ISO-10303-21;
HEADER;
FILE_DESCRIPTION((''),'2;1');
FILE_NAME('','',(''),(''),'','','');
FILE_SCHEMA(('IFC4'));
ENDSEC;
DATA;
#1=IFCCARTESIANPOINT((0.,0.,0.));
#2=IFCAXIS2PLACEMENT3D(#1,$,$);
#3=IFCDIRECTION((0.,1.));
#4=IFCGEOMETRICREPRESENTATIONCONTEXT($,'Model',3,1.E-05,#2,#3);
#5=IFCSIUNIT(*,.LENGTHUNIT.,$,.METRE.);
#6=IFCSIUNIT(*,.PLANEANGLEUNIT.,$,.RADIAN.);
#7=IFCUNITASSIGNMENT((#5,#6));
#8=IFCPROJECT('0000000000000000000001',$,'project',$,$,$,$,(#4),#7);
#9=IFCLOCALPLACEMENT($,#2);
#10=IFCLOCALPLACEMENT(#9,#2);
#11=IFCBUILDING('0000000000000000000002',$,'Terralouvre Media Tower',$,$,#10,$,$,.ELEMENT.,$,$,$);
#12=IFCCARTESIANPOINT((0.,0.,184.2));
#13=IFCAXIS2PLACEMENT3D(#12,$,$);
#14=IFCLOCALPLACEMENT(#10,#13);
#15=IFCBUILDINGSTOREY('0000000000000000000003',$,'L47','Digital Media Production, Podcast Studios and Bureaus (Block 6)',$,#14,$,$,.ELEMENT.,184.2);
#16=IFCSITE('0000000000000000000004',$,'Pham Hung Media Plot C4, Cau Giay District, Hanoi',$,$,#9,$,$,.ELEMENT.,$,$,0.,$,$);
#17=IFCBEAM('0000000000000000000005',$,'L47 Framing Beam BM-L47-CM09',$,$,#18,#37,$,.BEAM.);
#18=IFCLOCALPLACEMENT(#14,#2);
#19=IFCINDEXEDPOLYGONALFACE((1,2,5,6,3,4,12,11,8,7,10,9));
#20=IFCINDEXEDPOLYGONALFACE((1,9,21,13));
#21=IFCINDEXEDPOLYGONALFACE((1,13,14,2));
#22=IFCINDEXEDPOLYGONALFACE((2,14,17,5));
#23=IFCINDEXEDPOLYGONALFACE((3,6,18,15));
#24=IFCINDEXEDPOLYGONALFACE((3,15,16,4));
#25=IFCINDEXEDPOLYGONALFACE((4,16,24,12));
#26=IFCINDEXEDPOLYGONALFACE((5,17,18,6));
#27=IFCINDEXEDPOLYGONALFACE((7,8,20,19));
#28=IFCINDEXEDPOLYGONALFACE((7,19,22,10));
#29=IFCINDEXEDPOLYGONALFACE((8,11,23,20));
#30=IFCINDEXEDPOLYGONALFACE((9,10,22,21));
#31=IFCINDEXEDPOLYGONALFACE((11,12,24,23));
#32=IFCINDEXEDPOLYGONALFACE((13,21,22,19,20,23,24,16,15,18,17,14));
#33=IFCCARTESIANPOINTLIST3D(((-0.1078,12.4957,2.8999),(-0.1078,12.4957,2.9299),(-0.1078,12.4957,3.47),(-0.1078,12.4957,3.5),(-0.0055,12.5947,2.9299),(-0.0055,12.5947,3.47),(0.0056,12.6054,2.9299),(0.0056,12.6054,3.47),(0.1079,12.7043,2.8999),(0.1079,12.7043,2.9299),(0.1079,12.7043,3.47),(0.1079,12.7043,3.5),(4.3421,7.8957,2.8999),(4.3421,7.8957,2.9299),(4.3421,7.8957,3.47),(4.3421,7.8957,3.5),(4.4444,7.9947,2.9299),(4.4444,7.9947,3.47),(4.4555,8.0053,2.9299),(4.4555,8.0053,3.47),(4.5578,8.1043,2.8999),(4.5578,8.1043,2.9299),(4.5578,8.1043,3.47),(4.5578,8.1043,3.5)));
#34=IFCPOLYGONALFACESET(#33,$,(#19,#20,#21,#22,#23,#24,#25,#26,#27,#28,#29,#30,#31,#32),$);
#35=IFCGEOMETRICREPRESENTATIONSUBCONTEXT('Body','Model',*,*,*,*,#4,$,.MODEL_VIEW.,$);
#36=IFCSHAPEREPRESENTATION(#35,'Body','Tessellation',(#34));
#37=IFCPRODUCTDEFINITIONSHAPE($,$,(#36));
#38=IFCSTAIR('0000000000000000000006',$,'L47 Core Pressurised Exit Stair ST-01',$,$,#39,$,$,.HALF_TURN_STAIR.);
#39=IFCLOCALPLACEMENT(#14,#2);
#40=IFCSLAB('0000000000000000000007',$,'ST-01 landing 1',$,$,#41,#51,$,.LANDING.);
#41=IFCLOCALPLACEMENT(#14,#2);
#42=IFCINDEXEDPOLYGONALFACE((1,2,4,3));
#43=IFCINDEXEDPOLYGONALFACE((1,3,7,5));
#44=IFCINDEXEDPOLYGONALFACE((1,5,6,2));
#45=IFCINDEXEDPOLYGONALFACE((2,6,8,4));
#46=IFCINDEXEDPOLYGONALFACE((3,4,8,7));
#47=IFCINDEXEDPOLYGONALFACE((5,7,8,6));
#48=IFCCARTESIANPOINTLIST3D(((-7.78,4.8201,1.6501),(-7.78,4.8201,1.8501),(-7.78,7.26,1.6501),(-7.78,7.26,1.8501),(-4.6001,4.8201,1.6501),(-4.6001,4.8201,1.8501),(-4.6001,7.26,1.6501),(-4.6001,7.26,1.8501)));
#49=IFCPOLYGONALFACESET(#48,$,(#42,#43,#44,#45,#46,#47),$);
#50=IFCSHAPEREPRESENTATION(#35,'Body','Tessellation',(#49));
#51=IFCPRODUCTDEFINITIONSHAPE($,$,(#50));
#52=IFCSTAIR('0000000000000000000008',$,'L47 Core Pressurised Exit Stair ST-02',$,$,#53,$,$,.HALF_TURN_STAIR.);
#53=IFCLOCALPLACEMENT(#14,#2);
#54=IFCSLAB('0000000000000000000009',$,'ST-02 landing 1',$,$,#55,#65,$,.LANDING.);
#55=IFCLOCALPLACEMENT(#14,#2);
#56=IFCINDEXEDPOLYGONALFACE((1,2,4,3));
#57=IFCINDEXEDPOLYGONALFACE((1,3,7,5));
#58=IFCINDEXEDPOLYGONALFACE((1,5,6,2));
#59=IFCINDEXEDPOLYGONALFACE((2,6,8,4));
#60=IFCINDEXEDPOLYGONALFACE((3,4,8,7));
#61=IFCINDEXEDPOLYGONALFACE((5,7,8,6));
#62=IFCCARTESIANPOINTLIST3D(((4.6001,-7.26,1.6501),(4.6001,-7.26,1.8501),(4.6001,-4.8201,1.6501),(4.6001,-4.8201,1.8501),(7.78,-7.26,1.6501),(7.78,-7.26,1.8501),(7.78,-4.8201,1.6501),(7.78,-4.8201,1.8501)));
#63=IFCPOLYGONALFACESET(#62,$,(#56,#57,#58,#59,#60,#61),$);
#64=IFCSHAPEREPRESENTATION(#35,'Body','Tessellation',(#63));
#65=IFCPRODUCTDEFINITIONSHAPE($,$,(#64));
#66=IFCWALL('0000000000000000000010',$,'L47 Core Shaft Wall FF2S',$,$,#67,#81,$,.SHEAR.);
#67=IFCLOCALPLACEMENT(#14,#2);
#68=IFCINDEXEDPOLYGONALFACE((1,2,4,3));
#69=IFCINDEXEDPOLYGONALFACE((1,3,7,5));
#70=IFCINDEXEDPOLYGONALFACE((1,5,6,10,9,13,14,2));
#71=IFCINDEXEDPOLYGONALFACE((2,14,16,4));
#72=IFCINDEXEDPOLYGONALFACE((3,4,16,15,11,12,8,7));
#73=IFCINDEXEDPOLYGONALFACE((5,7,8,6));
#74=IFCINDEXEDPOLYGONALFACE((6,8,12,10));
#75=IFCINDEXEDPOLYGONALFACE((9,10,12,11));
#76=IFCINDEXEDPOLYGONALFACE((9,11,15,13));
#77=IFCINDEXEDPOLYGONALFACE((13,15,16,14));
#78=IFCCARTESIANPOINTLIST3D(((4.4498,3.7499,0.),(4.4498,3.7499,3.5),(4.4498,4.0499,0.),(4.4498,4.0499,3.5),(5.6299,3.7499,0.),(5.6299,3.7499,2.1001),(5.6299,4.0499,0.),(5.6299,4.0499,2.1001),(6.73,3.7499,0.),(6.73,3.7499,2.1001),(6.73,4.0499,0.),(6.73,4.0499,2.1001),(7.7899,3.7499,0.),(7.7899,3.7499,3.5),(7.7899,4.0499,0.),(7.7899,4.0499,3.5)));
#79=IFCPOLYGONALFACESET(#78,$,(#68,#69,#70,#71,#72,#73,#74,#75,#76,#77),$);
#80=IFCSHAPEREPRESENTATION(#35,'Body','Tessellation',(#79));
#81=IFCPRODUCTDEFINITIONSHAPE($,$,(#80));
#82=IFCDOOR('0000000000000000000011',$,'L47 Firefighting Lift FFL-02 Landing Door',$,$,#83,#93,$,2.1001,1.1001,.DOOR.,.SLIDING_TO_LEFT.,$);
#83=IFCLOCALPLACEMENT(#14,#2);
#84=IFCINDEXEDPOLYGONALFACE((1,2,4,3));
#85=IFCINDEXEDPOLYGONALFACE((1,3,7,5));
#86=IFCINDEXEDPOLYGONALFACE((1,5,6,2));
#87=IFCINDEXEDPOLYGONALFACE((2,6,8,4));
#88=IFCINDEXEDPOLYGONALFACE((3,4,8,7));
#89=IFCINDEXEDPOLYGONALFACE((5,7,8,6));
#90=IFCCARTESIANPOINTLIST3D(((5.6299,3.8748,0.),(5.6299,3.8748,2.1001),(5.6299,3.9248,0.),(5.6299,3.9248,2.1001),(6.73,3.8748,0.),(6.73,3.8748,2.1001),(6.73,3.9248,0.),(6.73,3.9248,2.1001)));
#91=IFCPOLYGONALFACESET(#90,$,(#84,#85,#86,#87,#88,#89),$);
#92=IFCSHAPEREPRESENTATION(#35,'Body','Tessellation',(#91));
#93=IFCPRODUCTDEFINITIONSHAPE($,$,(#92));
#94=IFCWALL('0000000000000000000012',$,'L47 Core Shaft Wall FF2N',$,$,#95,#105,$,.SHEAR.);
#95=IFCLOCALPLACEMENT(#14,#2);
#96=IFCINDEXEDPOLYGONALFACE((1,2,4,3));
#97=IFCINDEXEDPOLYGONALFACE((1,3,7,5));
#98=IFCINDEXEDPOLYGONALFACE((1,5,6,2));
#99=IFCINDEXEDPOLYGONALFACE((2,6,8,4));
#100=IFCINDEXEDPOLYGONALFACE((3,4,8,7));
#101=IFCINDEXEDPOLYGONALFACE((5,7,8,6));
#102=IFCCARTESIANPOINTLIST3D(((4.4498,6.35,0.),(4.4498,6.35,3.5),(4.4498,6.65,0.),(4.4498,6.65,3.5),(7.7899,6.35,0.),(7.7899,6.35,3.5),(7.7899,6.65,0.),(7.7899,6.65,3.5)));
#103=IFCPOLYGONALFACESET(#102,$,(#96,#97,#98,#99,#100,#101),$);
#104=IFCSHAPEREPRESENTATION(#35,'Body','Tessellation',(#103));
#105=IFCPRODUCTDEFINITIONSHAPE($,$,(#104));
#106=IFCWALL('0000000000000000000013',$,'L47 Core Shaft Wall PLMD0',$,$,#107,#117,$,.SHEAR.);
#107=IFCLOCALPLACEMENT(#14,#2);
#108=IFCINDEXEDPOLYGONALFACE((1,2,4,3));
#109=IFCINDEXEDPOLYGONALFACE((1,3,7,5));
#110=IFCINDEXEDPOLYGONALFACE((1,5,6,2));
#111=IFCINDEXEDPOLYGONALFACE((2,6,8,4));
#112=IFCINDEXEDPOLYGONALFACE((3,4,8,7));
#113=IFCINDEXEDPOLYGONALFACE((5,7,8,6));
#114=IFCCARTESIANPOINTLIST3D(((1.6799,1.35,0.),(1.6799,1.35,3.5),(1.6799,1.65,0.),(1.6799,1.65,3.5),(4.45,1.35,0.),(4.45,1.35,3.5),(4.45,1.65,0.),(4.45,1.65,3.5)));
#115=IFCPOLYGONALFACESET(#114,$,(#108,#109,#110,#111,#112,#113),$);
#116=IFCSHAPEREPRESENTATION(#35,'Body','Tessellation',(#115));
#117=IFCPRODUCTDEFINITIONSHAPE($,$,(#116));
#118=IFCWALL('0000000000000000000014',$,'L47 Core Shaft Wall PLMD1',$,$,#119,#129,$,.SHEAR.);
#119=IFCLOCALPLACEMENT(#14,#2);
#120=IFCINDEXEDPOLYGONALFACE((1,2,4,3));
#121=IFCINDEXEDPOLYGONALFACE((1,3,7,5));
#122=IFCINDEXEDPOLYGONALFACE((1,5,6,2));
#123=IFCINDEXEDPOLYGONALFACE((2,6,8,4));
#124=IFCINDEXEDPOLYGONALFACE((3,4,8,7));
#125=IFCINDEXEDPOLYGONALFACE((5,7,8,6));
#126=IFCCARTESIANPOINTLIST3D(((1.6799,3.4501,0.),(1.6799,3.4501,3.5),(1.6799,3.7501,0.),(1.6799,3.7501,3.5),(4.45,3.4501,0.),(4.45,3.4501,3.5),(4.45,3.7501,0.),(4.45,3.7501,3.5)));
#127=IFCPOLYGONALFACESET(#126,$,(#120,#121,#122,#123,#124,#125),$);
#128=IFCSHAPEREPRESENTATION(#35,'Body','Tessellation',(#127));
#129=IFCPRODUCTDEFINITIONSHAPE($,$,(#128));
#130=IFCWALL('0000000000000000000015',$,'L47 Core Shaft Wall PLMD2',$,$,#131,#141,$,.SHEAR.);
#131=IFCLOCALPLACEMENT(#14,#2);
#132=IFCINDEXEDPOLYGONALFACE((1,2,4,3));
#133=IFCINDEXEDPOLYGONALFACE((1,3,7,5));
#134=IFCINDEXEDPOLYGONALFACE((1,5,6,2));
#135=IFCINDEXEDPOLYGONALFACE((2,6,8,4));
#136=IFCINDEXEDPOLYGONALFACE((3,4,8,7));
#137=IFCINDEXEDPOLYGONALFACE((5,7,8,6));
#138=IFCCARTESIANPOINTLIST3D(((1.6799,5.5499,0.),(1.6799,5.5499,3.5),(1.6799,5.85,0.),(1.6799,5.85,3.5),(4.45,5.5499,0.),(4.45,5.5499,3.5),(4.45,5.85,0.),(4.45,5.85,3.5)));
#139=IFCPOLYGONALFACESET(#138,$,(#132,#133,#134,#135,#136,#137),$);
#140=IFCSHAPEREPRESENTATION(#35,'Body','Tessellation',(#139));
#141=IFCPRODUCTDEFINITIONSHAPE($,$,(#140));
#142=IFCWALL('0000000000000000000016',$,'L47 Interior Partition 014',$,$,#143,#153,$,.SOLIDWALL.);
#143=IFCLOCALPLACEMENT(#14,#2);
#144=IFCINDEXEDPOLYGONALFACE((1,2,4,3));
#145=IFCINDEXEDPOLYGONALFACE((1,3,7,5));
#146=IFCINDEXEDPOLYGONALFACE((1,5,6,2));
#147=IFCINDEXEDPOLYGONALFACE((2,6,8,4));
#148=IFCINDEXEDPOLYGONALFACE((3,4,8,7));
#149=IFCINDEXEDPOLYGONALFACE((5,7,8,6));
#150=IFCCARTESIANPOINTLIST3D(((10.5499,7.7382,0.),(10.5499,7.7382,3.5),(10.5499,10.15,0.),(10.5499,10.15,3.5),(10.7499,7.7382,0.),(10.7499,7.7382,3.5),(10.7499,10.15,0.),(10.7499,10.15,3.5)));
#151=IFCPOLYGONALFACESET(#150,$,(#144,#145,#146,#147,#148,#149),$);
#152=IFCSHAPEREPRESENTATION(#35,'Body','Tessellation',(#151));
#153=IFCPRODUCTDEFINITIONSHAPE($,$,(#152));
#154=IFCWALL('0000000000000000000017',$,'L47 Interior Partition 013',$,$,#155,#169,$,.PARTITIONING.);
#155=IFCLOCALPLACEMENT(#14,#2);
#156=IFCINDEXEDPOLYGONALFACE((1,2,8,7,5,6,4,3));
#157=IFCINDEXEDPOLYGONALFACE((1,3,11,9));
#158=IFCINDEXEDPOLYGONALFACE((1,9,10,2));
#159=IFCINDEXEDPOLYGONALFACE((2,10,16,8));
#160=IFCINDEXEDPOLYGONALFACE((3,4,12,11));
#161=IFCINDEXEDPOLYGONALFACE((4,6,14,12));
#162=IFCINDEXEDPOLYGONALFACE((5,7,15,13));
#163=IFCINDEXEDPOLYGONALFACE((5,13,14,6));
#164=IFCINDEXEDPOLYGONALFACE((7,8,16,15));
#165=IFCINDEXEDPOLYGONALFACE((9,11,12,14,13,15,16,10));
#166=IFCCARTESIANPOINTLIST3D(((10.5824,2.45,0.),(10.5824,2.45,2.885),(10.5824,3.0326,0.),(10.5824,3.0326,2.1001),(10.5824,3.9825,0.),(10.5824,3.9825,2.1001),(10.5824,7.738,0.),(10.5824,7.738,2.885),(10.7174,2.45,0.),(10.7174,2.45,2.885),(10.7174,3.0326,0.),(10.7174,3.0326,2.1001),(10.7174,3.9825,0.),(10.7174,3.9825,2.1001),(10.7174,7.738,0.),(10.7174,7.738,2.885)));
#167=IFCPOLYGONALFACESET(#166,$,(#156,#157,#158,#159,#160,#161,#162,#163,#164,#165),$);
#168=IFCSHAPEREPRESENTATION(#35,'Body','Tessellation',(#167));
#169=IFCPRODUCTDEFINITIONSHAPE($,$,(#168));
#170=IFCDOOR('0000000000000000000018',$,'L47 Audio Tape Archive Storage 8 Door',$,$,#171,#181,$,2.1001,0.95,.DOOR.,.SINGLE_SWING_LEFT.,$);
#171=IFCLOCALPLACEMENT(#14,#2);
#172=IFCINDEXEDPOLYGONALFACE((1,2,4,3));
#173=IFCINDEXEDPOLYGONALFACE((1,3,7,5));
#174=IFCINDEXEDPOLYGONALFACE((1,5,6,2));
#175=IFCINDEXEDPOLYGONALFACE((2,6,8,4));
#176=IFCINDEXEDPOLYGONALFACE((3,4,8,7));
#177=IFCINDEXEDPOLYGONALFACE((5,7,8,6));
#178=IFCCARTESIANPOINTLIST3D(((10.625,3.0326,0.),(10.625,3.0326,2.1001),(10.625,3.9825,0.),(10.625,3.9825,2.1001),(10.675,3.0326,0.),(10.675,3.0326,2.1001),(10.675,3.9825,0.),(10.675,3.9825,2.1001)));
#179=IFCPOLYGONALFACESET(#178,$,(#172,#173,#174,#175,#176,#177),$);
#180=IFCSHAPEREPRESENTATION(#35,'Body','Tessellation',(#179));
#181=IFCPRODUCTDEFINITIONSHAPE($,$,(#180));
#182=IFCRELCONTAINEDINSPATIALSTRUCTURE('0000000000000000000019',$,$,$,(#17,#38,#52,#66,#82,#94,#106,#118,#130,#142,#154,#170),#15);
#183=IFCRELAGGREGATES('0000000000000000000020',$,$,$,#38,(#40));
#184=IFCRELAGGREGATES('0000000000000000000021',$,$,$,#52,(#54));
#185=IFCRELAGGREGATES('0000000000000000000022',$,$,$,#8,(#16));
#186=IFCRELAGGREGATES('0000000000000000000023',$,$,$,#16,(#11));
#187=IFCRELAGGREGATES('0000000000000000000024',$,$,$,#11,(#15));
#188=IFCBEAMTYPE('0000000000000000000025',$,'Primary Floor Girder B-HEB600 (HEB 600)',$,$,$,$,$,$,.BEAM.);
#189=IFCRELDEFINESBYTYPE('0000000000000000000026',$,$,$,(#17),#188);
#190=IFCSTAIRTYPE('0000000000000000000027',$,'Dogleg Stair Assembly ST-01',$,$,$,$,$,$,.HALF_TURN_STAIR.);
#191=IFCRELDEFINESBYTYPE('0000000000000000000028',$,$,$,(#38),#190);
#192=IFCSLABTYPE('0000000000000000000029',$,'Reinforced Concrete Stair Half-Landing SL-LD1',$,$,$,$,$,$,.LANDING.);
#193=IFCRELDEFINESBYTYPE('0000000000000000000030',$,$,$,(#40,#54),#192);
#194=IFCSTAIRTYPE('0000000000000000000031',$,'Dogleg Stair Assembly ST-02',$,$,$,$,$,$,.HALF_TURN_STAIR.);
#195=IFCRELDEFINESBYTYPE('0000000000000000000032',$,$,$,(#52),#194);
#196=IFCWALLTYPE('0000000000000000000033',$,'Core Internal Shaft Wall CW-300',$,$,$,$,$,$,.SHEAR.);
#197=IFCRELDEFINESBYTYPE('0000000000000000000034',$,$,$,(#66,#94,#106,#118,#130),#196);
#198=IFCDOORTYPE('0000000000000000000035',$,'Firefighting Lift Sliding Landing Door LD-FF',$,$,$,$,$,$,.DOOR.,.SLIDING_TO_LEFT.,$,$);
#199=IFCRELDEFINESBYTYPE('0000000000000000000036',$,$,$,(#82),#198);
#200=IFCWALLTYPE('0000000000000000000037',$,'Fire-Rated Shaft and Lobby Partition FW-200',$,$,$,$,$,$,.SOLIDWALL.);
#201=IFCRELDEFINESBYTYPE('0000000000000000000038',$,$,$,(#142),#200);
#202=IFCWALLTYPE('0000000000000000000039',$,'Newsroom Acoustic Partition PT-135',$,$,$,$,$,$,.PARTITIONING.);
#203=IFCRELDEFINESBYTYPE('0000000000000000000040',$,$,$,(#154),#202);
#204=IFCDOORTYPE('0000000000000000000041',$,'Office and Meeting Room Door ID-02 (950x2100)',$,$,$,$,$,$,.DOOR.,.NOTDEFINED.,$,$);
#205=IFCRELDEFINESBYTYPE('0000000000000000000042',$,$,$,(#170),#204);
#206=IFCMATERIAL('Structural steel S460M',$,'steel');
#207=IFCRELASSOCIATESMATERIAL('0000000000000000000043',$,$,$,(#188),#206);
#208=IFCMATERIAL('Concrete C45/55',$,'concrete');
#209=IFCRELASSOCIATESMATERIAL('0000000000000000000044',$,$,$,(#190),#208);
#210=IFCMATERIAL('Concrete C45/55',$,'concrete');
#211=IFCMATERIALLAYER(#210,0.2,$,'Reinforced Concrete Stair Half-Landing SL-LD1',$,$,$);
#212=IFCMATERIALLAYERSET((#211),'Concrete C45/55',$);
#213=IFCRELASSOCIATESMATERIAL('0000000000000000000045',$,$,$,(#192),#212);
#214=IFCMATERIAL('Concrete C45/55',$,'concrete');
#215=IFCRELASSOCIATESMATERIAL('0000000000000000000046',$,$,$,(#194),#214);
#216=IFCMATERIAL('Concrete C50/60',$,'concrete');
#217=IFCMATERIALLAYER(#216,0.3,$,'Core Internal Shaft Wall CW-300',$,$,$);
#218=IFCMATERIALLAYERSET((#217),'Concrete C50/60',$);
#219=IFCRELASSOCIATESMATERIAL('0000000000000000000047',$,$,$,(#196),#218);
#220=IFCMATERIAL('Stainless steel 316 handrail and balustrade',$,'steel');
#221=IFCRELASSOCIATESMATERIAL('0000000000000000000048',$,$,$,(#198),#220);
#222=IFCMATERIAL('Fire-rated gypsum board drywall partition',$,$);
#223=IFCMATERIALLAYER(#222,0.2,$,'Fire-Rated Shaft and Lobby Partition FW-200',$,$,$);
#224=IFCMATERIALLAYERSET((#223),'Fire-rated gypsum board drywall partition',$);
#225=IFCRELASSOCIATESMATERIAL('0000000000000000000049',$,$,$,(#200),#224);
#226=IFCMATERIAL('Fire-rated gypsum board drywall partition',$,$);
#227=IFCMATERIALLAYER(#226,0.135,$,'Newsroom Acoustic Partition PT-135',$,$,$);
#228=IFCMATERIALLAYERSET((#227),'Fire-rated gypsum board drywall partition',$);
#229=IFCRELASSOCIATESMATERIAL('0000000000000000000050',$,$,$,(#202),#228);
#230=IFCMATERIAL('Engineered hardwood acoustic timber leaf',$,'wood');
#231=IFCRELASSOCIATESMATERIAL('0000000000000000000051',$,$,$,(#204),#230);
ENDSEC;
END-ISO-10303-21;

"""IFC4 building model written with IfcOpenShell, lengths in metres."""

from ifc_helpers import new_model, si_unit, direction, frame, frame_2d, origin, origin_2d, place, context, subcontext, project, spatial, polyline, rectangle, i_section, outline, extrude, material, layer, layer_set, material_profile, profile_set, type_object, element, fill, aggregate, save


model = new_model("IFC4")

# Units and contexts
model_context = context("Model", 3, precision=1e-05, world=origin(), true_north=direction((0.0, 1.0)))
body_context = subcontext(model_context, "Body", "Model", "MODEL_VIEW")
ifc_project = project(units=[si_unit("LENGTHUNIT", "METRE"), si_unit("PLANEANGLEUNIT", "RADIAN")], contexts=[model_context])

# Site, building, storey
site_placement = place(None, origin())
site = spatial("IfcSite", under=ifc_project, at=site_placement, Name="Pham Hung Media Plot C4, Cau Giay District, Hanoi", CompositionType="ELEMENT", RefElevation=0.0)
building_placement = place(site_placement, origin())
building = spatial("IfcBuilding", under=site, at=building_placement, Name="Terralouvre Media Tower", CompositionType="ELEMENT")
storey_placement = place(building_placement, frame((0.0, 0.0, 184.2)))
storey = spatial("IfcBuildingStorey", under=building, at=storey_placement, Name="L47", Description="Digital Media Production, Podcast Studios and Bureaus (Block 6)", CompositionType="ELEMENT", Elevation=184.2)

# Beam
ifc_material_1 = material(Name="Structural steel S460M", Category="steel")
ifc_material_profile_1 = material_profile(ifc_material_1, i_section(OverallWidth=0.3, OverallDepth=0.6001, WebThickness=0.0154, FlangeThickness=0.03, at=origin_2d()), Name="HEB 600")
ifc_profile_set_1 = profile_set([ifc_material_profile_1], Name="Structural steel S460M")
beam_type = type_object("IfcBeamType", Name="Primary Floor Girder B-HEB600 (HEB 600)", PredefinedType="BEAM", material=ifc_profile_set_1)
beam_1_placement = place(storey_placement, frame((4.45, 8.0, 3.2), z_axis=(-0.69528, 0.718739, 0.0), x_axis=(-0.718739, -0.69528, 0.0)))
element("IfcBeam", 1, at=beam_1_placement, inside=storey, type_object=beam_type, Name="L47 Framing Beam BM-L47-CM09", PredefinedType="BEAM", context=body_context, shape_type="SweptSolid", body=[
    extrude(i_section(OverallWidth=0.3, OverallDepth=0.6001, WebThickness=0.0154, FlangeThickness=0.03, at=origin_2d()), origin(), (0.0, 0.0, 1.0), 6.4001),
])

# Stairs, slabs
ifc_material_2 = material(Name="Concrete C45/55", Category="concrete")
stair_type_1 = type_object("IfcStairType", Name="Dogleg Stair Assembly ST-01", PredefinedType="HALF_TURN_STAIR", material=ifc_material_2)
stair_1_placement = place(storey_placement, origin())
stair_1 = element("IfcStair", 2, at=stair_1_placement, inside=storey, type_object=stair_type_1, Name="L47 Core Pressurised Exit Stair ST-01", PredefinedType="HALF_TURN_STAIR")
ifc_material_3 = material(Name="Concrete C45/55", Category="concrete")
ifc_layer_1 = layer(ifc_material_3, 0.2, Name="Reinforced Concrete Stair Half-Landing SL-LD1")
ifc_layer_set_1 = layer_set([ifc_layer_1], Name="Concrete C45/55")
slab_type = type_object("IfcSlabType", Name="Reinforced Concrete Stair Half-Landing SL-LD1", PredefinedType="LANDING", material=ifc_layer_set_1)
slab_1_placement = place(storey_placement, frame((0.0, 0.0, 1.6501)))
slab_1 = element("IfcSlab", 3, at=slab_1_placement, type_object=slab_type, Name="ST-01 landing 1", PredefinedType="LANDING", context=body_context, shape_type="SweptSolid", body=[
    extrude(outline(polyline([(-4.6001, 4.8201), (-4.6001, 7.26), (-7.78, 7.26), (-7.78, 4.8201), (-4.6001, 4.8201)])), origin(), (0.0, 0.0, 1.0), 0.2),
])
aggregate(stair_1, [slab_1])
ifc_material_4 = material(Name="Concrete C45/55", Category="concrete")
stair_type_2 = type_object("IfcStairType", Name="Dogleg Stair Assembly ST-02", PredefinedType="HALF_TURN_STAIR", material=ifc_material_4)
stair_2_placement = place(storey_placement, origin())
stair_2 = element("IfcStair", 4, at=stair_2_placement, inside=storey, type_object=stair_type_2, Name="L47 Core Pressurised Exit Stair ST-02", PredefinedType="HALF_TURN_STAIR")
slab_2_placement = place(storey_placement, frame((0.0, 0.0, 1.6501)))
slab_2 = element("IfcSlab", 5, at=slab_2_placement, type_object=slab_type, Name="ST-02 landing 1", PredefinedType="LANDING", context=body_context, shape_type="SweptSolid", body=[
    extrude(outline(polyline([(4.6001, -4.8201), (4.6001, -7.26), (7.78, -7.26), (7.78, -4.8201), (4.6001, -4.8201)])), origin(), (0.0, 0.0, 1.0), 0.2),
])
aggregate(stair_2, [slab_2])

# Wall, opening, door
ifc_material_5 = material(Name="Concrete C50/60", Category="concrete")
ifc_layer_2 = layer(ifc_material_5, 0.3, Name="Core Internal Shaft Wall CW-300")
ifc_layer_set_2 = layer_set([ifc_layer_2], Name="Concrete C50/60")
wall_type_1 = type_object("IfcWallType", Name="Core Internal Shaft Wall CW-300", PredefinedType="SHEAR", material=ifc_layer_set_2)
wall_1_placement = place(storey_placement, frame((4.45, 3.8999, 0.0), z_axis=(0.0, 0.0, 1.0), x_axis=(1.0, 0.0, 0.0)))
wall_1 = element("IfcWall", 6, at=wall_1_placement, inside=storey, type_object=wall_type_1, Name="L47 Core Shaft Wall FF2S", PredefinedType="SHEAR", context=body_context, shape_type="SweptSolid", body=[
    extrude(rectangle(XDim=3.3401, YDim=0.3, at=frame_2d((1.6699, 0.0))), origin(), (0.0, 0.0, 1.0), 3.5),
])
opening_1_placement = place(wall_1_placement, frame((1.1799, 0.0, 0.0)))
opening_1 = element("IfcOpeningElement", 7, at=opening_1_placement, cuts=wall_1, PredefinedType="OPENING", context=body_context, shape_type="SweptSolid", body=[
    extrude(rectangle(XDim=1.1001, YDim=2.1001, at=frame_2d((0.55, 1.05))), frame((0.0, 0.1599, 0.0), z_axis=(0.0, -1.0, 0.0), x_axis=(1.0, 0.0, 0.0)), (0.0, 0.0, 1.0), 0.3201),
])
ifc_material_6 = material(Name="Stainless steel 316 handrail and balustrade", Category="steel")
door_type_1 = type_object("IfcDoorType", Name="Firefighting Lift Sliding Landing Door LD-FF", OperationType="SLIDING_TO_LEFT", PredefinedType="DOOR", material=ifc_material_6)
door_1_placement = place(opening_1_placement, origin())
door_1 = element("IfcDoor", 8, at=door_1_placement, inside=storey, type_object=door_type_1, Name="L47 Firefighting Lift FFL-02 Landing Door", OperationType="SLIDING_TO_LEFT", OverallHeight=2.1001, OverallWidth=1.1001, PredefinedType="DOOR", context=body_context, shape_type="SweptSolid", body=[
    extrude(rectangle(XDim=1.1001, YDim=2.1001, at=frame_2d((0.55, 1.05))), frame((0.0, 0.0249, 0.0), z_axis=(0.0, -1.0, 0.0), x_axis=(1.0, 0.0, 0.0)), (0.0, 0.0, 1.0), 0.05),
])
fill(opening_1, door_1)

# Walls
wall_2_placement = place(storey_placement, frame((4.45, 6.5, 0.0), z_axis=(0.0, 0.0, 1.0), x_axis=(1.0, 0.0, 0.0)))
element("IfcWall", 9, at=wall_2_placement, inside=storey, type_object=wall_type_1, Name="L47 Core Shaft Wall FF2N", PredefinedType="SHEAR", context=body_context, shape_type="SweptSolid", body=[
    extrude(rectangle(XDim=3.3401, YDim=0.3, at=frame_2d((1.6699, 0.0))), origin(), (0.0, 0.0, 1.0), 3.5),
])
for number, where, z_axis, x_axis, name in (
    (10, (1.6799, 1.5, 0.0), (0.0, 0.0, 1.0), (1.0, 0.0, 0.0), "L47 Core Shaft Wall PLMD0"),
    (11, (1.6799, 3.6001, 0.0), (0.0, 0.0, 1.0), (1.0, 0.0, 0.0), "L47 Core Shaft Wall PLMD1"),
    (12, (1.6799, 5.7, 0.0), (0.0, 0.0, 1.0), (1.0, 0.0, 0.0), "L47 Core Shaft Wall PLMD2"),
):
    element("IfcWall", number, at=place(storey_placement, frame(where, z_axis=z_axis, x_axis=x_axis)), inside=storey, type_object=wall_type_1, Name=name, PredefinedType="SHEAR", context=body_context, shape_type="SweptSolid", body=[
        extrude(rectangle(XDim=2.77, YDim=0.3, at=frame_2d((1.385, 0.0))), origin(), (0.0, 0.0, 1.0), 3.5),
    ])
ifc_material_7 = material(Name="Fire-rated gypsum board drywall partition")
ifc_layer_3 = layer(ifc_material_7, 0.2, Name="Fire-Rated Shaft and Lobby Partition FW-200")
ifc_layer_set_3 = layer_set([ifc_layer_3], Name="Fire-rated gypsum board drywall partition")
wall_type_2 = type_object("IfcWallType", Name="Fire-Rated Shaft and Lobby Partition FW-200", PredefinedType="SOLIDWALL", material=ifc_layer_set_3)
wall_3_placement = place(storey_placement, frame((10.6499, 7.738, 0.0), z_axis=(0.0, 0.0, 1.0), x_axis=(0.0, 1.0, 0.0)))
element("IfcWall", 13, at=wall_3_placement, inside=storey, type_object=wall_type_2, Name="L47 Interior Partition 014", PredefinedType="SOLIDWALL", context=body_context, shape_type="SweptSolid", body=[
    extrude(rectangle(XDim=2.4119, YDim=0.2, at=frame_2d((1.2061, 0.0))), origin(), (0.0, 0.0, 1.0), 3.5),
])

# Wall, opening, door
ifc_material_8 = material(Name="Fire-rated gypsum board drywall partition")
ifc_layer_4 = layer(ifc_material_8, 0.135, Name="Newsroom Acoustic Partition PT-135")
ifc_layer_set_4 = layer_set([ifc_layer_4], Name="Fire-rated gypsum board drywall partition")
wall_type_3 = type_object("IfcWallType", Name="Newsroom Acoustic Partition PT-135", PredefinedType="PARTITIONING", material=ifc_layer_set_4)
wall_4_placement = place(storey_placement, frame((10.6499, 2.45, 0.0), z_axis=(0.0, 0.0, 1.0), x_axis=(0.0, 1.0, 0.0)))
wall_4 = element("IfcWall", 14, at=wall_4_placement, inside=storey, type_object=wall_type_3, Name="L47 Interior Partition 013", PredefinedType="PARTITIONING", context=body_context, shape_type="SweptSolid", body=[
    extrude(rectangle(XDim=5.2881, YDim=0.135, at=frame_2d((2.644, 0.0))), origin(), (0.0, 0.0, 1.0), 2.885),
])
opening_2_placement = place(wall_4_placement, frame((0.5825, 0.0, 0.0)))
opening_2 = element("IfcOpeningElement", 15, at=opening_2_placement, cuts=wall_4, PredefinedType="OPENING", context=body_context, shape_type="SweptSolid", body=[
    extrude(rectangle(XDim=0.95, YDim=2.1001, at=frame_2d((0.4751, 1.05))), frame((0.0, 0.0774, 0.0), z_axis=(0.0, -1.0, 0.0), x_axis=(1.0, 0.0, 0.0)), (0.0, 0.0, 1.0), 0.155),
])
ifc_material_9 = material(Name="Engineered hardwood acoustic timber leaf", Category="wood")
door_type_2 = type_object("IfcDoorType", Name="Office and Meeting Room Door ID-02 (950x2100)", OperationType="NOTDEFINED", PredefinedType="DOOR", material=ifc_material_9)
door_2_placement = place(opening_2_placement, origin())
door_2 = element("IfcDoor", 16, at=door_2_placement, inside=storey, type_object=door_type_2, Name="L47 Audio Tape Archive Storage 8 Door", OperationType="SINGLE_SWING_LEFT", OverallHeight=2.1001, OverallWidth=0.95, PredefinedType="DOOR", context=body_context, shape_type="SweptSolid", body=[
    extrude(rectangle(XDim=0.95, YDim=2.1001, at=frame_2d((0.4751, 1.05))), frame((0.0, 0.0249, 0.0), z_axis=(0.0, -1.0, 0.0), x_axis=(1.0, 0.0, 0.0)), (0.0, 0.0, 1.0), 0.05),
])
fill(opening_2, door_2)

save(model, "model.ifc")
